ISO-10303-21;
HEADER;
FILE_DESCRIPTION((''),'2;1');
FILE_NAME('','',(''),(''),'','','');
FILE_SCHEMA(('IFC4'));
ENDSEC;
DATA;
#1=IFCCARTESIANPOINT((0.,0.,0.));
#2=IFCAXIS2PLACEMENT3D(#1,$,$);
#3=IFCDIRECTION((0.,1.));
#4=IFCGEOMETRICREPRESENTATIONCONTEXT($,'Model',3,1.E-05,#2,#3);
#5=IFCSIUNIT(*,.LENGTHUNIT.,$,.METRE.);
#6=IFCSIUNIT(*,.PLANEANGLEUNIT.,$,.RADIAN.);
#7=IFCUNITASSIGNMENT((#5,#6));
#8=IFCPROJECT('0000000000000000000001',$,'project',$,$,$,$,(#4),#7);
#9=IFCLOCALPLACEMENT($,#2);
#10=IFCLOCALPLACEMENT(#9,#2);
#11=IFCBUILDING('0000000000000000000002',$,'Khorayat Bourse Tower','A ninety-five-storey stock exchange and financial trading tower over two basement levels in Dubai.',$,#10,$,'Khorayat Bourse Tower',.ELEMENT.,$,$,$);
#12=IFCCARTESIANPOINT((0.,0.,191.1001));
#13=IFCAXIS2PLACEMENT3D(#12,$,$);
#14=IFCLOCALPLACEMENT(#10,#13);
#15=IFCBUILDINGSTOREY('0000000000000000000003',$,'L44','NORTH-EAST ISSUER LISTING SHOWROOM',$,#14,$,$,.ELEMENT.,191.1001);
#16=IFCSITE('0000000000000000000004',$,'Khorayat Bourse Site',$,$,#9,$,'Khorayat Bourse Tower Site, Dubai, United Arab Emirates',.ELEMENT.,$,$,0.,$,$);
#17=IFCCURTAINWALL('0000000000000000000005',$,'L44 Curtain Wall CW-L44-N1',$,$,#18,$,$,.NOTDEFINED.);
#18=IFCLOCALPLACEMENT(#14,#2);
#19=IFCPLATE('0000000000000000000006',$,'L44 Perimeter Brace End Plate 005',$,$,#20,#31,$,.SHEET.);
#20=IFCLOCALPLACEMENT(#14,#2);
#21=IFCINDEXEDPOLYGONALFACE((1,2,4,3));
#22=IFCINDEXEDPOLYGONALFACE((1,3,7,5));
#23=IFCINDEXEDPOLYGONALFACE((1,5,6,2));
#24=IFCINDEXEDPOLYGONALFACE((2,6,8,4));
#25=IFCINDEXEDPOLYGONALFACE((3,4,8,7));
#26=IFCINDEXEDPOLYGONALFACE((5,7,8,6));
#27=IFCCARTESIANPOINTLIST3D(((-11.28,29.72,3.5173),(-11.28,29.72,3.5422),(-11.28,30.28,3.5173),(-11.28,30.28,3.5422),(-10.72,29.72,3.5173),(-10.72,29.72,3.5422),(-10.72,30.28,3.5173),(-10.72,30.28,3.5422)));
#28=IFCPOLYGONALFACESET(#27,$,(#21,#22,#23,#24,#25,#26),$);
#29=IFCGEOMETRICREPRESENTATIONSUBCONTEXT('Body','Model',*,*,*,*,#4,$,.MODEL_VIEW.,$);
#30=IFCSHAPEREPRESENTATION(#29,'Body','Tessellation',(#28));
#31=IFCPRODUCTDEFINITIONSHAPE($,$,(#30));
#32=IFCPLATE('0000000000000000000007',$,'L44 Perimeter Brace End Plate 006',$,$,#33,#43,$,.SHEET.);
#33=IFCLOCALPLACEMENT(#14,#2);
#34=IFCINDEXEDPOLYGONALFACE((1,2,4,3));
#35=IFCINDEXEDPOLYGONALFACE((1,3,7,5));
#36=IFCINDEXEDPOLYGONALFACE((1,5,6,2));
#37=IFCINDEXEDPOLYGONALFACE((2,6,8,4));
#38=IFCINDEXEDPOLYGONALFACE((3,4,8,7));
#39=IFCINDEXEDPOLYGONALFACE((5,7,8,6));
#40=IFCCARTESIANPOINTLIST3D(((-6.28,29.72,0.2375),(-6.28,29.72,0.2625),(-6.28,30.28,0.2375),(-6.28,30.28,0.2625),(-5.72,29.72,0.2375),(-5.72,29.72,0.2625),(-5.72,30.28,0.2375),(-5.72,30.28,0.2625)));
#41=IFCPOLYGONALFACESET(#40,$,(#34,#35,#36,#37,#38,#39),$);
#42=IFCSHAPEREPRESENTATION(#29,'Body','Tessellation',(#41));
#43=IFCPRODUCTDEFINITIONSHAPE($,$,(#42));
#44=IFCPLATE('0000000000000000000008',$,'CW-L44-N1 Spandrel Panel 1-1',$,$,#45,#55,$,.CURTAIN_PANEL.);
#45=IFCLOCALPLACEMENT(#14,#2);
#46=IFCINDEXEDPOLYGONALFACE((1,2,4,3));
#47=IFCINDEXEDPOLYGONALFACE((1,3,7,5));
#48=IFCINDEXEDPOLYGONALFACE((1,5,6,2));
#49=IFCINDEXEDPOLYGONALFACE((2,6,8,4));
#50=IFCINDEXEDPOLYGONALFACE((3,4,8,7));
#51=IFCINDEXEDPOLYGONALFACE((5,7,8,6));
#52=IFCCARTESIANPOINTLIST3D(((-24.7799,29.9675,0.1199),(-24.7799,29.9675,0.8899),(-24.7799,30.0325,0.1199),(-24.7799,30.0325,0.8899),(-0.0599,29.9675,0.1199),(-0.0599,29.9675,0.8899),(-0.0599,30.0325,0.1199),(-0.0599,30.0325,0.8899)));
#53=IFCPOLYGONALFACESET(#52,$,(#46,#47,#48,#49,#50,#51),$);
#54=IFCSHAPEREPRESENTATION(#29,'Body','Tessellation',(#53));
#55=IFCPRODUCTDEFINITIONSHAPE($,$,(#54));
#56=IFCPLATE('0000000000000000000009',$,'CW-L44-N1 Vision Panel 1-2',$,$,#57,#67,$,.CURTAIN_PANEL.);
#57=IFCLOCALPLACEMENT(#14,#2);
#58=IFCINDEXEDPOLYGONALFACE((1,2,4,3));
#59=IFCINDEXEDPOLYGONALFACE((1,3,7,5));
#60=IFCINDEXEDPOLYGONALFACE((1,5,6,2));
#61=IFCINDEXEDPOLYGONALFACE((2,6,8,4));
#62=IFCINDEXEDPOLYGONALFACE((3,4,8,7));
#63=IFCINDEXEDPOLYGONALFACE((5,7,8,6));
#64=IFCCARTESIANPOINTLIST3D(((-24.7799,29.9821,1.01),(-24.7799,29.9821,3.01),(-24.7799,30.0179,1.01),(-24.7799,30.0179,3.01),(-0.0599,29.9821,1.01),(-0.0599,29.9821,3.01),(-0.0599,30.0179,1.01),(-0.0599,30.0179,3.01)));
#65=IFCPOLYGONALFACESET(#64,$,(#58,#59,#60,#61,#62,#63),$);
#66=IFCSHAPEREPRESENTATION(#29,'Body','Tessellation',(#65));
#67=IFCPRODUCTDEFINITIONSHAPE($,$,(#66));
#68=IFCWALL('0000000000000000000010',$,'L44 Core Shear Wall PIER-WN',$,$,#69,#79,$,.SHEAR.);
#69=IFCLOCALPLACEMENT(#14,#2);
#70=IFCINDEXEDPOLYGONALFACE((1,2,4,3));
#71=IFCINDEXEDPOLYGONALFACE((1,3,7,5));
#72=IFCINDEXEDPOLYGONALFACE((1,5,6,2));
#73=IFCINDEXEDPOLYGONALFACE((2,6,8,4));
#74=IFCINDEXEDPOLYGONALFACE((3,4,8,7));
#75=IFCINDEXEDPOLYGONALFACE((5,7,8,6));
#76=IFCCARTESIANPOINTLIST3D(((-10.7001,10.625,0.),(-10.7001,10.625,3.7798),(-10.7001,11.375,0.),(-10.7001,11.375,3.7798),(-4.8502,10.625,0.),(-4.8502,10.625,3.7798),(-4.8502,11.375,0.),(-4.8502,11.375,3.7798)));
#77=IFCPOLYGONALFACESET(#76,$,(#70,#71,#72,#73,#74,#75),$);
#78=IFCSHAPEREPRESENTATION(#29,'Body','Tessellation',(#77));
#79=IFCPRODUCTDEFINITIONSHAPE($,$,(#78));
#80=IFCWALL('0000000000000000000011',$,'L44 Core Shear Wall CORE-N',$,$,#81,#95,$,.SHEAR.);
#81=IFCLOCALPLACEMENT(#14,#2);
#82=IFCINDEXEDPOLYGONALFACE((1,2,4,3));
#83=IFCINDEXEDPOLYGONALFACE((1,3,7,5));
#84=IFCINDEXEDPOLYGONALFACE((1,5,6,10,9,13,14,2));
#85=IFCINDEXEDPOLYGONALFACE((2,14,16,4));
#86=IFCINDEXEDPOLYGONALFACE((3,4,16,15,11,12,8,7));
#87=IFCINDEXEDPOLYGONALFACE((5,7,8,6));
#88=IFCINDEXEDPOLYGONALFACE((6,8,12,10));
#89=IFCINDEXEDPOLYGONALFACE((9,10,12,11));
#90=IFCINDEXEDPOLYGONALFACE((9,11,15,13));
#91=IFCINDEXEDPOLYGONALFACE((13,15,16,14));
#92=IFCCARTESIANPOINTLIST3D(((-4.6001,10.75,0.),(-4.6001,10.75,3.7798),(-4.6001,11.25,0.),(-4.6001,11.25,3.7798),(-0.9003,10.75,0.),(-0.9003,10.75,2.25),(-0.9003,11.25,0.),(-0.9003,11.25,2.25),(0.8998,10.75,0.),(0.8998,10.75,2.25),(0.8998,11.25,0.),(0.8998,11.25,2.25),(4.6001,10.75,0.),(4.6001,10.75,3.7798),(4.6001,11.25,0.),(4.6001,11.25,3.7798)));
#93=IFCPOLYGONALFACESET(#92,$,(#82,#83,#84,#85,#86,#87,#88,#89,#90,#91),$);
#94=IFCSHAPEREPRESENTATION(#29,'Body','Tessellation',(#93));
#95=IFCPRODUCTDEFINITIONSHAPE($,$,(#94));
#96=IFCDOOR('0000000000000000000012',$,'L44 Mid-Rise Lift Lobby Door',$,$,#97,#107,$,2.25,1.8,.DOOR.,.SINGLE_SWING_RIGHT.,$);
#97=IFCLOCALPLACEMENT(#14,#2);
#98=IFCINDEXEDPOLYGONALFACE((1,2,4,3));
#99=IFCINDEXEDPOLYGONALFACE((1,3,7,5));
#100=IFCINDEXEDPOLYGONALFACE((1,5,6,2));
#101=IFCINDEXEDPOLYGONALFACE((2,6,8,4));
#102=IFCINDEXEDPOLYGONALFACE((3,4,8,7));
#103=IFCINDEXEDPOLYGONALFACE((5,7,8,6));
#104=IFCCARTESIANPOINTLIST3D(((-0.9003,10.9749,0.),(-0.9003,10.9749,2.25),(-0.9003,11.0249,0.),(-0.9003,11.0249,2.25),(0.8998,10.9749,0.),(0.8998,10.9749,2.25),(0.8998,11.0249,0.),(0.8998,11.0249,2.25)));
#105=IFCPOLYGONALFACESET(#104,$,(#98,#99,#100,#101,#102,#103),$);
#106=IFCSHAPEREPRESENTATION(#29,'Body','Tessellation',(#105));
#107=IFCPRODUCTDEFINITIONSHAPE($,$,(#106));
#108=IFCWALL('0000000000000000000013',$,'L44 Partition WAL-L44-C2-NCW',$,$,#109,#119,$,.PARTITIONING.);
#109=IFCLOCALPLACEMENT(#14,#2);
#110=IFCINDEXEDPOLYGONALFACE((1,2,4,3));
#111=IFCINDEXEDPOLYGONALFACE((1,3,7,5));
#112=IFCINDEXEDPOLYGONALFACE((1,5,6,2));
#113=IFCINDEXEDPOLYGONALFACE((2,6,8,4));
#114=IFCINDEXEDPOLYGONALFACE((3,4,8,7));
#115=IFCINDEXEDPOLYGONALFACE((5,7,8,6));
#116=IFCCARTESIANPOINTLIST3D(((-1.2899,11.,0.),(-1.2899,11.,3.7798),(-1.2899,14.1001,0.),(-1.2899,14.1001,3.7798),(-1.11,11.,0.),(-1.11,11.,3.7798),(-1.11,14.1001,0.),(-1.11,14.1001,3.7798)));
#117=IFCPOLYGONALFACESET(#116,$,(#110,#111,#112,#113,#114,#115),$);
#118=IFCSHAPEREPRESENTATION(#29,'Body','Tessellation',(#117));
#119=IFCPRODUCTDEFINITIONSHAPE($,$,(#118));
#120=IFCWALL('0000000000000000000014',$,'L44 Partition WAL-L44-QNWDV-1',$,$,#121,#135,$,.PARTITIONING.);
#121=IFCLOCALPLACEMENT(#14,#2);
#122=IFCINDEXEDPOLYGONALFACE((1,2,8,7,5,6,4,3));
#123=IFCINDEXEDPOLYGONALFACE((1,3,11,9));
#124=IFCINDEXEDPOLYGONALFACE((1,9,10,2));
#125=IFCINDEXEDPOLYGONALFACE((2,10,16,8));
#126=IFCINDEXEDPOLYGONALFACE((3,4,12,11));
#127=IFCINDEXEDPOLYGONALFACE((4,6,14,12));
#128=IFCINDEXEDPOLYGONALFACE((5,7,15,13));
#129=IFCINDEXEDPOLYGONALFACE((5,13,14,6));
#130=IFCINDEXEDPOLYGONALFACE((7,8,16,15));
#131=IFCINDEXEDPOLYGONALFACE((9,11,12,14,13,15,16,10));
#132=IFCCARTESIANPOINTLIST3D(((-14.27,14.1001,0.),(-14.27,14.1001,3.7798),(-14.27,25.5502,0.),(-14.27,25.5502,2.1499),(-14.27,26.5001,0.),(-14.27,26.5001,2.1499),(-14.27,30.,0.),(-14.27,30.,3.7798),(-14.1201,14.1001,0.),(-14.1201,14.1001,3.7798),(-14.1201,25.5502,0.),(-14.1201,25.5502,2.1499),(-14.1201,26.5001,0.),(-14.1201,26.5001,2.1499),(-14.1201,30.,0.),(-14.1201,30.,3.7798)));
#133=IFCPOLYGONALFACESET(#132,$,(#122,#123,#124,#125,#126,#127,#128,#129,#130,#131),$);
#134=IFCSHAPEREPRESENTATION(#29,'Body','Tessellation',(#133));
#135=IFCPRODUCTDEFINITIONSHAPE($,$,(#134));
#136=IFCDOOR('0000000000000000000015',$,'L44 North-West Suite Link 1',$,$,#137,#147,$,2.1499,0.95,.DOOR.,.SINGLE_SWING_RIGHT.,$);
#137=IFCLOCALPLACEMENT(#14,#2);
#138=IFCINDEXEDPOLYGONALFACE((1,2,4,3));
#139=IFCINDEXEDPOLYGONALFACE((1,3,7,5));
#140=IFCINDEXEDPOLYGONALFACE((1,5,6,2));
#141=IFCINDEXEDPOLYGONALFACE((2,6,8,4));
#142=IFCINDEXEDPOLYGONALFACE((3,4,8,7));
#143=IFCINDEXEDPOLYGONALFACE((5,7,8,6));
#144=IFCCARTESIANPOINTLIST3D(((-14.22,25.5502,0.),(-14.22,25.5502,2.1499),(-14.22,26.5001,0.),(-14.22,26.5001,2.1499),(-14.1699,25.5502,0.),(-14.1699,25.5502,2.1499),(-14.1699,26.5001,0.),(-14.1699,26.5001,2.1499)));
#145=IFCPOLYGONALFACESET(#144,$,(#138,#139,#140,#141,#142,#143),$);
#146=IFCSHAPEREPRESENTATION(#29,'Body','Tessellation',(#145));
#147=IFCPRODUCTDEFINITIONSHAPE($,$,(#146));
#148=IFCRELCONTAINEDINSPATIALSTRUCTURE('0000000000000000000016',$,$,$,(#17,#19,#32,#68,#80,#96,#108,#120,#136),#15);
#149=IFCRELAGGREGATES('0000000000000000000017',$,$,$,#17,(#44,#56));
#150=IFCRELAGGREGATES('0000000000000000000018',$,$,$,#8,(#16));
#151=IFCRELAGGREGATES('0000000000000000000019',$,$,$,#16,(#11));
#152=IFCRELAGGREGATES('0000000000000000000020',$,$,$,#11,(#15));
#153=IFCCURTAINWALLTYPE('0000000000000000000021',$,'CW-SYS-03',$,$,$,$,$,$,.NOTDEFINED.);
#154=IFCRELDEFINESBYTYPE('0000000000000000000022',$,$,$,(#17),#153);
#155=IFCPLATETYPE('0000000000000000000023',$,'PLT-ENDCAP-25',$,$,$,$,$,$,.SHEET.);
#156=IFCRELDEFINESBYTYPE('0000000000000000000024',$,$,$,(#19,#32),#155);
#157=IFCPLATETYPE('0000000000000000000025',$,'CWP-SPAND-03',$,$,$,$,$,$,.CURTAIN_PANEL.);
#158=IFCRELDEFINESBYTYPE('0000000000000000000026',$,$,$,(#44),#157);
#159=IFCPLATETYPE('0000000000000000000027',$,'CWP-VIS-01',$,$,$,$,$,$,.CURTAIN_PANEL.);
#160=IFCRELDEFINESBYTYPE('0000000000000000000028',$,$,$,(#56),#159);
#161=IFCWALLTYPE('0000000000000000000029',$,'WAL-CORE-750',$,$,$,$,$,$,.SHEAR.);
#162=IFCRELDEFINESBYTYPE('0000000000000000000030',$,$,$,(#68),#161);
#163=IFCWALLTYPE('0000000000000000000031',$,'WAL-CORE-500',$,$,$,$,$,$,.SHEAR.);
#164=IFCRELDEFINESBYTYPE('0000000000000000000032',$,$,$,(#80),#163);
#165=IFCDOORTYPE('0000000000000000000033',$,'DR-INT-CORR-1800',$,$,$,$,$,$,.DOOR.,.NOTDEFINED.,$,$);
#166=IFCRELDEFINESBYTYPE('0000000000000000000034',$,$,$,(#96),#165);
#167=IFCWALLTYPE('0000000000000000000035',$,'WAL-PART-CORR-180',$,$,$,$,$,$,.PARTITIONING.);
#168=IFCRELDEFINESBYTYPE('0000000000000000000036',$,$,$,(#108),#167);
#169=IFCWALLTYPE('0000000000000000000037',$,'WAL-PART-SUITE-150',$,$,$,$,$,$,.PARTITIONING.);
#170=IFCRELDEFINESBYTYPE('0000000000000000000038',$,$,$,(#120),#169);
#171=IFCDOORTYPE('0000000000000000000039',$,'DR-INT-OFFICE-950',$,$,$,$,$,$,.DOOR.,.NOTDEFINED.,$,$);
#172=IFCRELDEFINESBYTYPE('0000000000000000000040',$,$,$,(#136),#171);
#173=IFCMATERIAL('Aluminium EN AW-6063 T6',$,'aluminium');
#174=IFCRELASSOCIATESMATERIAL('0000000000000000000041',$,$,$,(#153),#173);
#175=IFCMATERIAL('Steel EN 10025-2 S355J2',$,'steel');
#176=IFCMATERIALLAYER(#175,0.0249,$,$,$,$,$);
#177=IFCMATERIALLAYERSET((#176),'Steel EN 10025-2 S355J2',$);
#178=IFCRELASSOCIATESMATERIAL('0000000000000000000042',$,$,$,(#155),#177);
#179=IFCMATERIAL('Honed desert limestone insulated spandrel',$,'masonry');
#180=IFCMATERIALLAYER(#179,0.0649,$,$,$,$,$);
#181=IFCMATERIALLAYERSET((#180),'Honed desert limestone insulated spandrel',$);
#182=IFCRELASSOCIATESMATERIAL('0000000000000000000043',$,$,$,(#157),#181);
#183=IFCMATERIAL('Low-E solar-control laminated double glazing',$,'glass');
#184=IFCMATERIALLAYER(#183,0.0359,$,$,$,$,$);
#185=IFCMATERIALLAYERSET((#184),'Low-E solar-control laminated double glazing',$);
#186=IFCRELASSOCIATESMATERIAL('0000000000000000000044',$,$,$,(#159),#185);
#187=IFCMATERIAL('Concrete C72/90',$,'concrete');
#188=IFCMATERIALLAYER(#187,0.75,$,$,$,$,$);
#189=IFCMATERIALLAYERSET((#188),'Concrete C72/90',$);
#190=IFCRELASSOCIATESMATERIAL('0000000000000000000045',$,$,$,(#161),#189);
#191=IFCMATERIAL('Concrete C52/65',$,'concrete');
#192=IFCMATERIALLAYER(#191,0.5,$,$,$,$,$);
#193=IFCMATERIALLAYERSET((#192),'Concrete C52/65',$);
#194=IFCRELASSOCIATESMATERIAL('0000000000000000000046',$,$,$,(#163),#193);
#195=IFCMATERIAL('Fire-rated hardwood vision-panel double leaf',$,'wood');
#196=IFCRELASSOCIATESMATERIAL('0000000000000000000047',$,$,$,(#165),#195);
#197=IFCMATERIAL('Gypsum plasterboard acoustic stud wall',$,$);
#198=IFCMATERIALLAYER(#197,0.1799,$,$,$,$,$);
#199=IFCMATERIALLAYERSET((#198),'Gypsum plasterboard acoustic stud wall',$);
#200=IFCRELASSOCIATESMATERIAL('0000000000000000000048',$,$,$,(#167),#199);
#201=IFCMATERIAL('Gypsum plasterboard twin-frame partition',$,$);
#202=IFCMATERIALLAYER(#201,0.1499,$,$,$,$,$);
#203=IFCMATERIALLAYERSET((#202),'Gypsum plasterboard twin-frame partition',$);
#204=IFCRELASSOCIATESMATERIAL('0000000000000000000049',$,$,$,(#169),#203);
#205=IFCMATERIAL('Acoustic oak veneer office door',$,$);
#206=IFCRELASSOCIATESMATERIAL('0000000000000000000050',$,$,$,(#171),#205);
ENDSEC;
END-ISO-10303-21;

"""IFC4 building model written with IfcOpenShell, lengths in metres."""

from ifc_helpers import new_model, si_unit, direction, frame, frame_2d, origin, origin_2d, place, context, subcontext, project, spatial, rectangle, extrude, source, transform, mapped, material, layer, layer_set, type_object, element, fill, aggregate, save


model = new_model("IFC4")

# Units and contexts
model_context = context("Model", 3, precision=1e-05, world=origin(), true_north=direction((0.0, 1.0)))
body_context = subcontext(model_context, "Body", "Model", "MODEL_VIEW")
ifc_project = project(units=[si_unit("LENGTHUNIT", "METRE"), si_unit("PLANEANGLEUNIT", "RADIAN")], contexts=[model_context])

# Site, building, storey
site_placement = place(None, origin())
site = spatial("IfcSite", under=ifc_project, at=site_placement, Name="Khorayat Bourse Site", LongName="Khorayat Bourse Tower Site, Dubai, United Arab Emirates", CompositionType="ELEMENT", RefElevation=0.0)
building_placement = place(site_placement, origin())
building = spatial("IfcBuilding", under=site, at=building_placement, Name="Khorayat Bourse Tower", Description="A ninety-five-storey stock exchange and financial trading tower over two basement levels in Dubai.", LongName="Khorayat Bourse Tower", CompositionType="ELEMENT")
storey_placement = place(building_placement, frame((0.0, 0.0, 191.1001)))
storey = spatial("IfcBuildingStorey", under=building, at=storey_placement, Name="L44", Description="NORTH-EAST ISSUER LISTING SHOWROOM", CompositionType="ELEMENT", Elevation=191.1001)

# Shared definitions
ifc_material_1 = material(Name="Concrete C72/90", Category="concrete")

# Curtain wall
ifc_material_2 = material(Name="Aluminium EN AW-6063 T6", Category="aluminium")
curtain_wall_type = type_object("IfcCurtainWallType", Name="CW-SYS-03", PredefinedType="NOTDEFINED", material=ifc_material_2)
curtain_wall_placement = place(storey_placement, origin())
curtain_wall = element("IfcCurtainWall", 1, at=curtain_wall_placement, inside=storey, type_object=curtain_wall_type, Name="L44 Curtain Wall CW-L44-N1", PredefinedType="NOTDEFINED")

# Plates
ifc_material_3 = material(Name="Steel EN 10025-2 S355J2", Category="steel")
ifc_layer_1 = layer(ifc_material_3, 0.0249)
ifc_layer_set_1 = layer_set([ifc_layer_1], Name="Steel EN 10025-2 S355J2")
plate_type_1 = type_object("IfcPlateType", Name="PLT-ENDCAP-25", PredefinedType="SHEET", material=ifc_layer_set_1)
shared_shape_1 = source(origin(), body_context, "Body", "SweptSolid", [
    extrude(rectangle(XDim=0.5601, YDim=0.5601, at=origin_2d()), origin(), (0.0, 0.0, 1.0), 0.0249),
])
for number, where, z_axis, x_axis, name in (
    (2, (-11.0, 30.0, 3.5173), (0.0, 0.0, 1.0), (1.0, 0.0, 0.0), "L44 Perimeter Brace End Plate 005"),
    (3, (-6.0, 30.0, 0.2375), (0.0, 0.0, 1.0), (1.0, 0.0, 0.0), "L44 Perimeter Brace End Plate 006"),
):
    element("IfcPlate", number, at=place(storey_placement, frame(where, z_axis=z_axis, x_axis=x_axis)), inside=storey, type_object=plate_type_1, Name=name, PredefinedType="SHEET", context=body_context, shape_type="MappedRepresentation", body=[
        mapped(shared_shape_1, transform((0.0, 0.0, 0.0), scale=1.0)),
    ])

# Plates
ifc_material_4 = material(Name="Honed desert limestone insulated spandrel", Category="masonry")
ifc_layer_2 = layer(ifc_material_4, 0.0649)
ifc_layer_set_2 = layer_set([ifc_layer_2], Name="Honed desert limestone insulated spandrel")
plate_type_2 = type_object("IfcPlateType", Name="CWP-SPAND-03", PredefinedType="CURTAIN_PANEL", material=ifc_layer_set_2)
shared_shape_2 = source(origin(), body_context, "Body", "SweptSolid", [
    extrude(rectangle(XDim=24.72, YDim=0.0649, at=origin_2d()), origin(), (0.0, 0.0, 1.0), 0.77),
])
plate_1_placement = place(storey_placement, frame((-12.4199, 30.0, 0.1199), z_axis=(0.0, 0.0, 1.0), x_axis=(1.0, 0.0, 0.0)))
plate_1 = element("IfcPlate", 4, at=plate_1_placement, type_object=plate_type_2, Name="CW-L44-N1 Spandrel Panel 1-1", PredefinedType="CURTAIN_PANEL", context=body_context, shape_type="MappedRepresentation", body=[
    mapped(shared_shape_2, transform((0.0, 0.0, 0.0), scale=1.0)),
])
ifc_material_5 = material(Name="Low-E solar-control laminated double glazing", Category="glass")
ifc_layer_3 = layer(ifc_material_5, 0.0359)
ifc_layer_set_3 = layer_set([ifc_layer_3], Name="Low-E solar-control laminated double glazing")
plate_type_3 = type_object("IfcPlateType", Name="CWP-VIS-01", PredefinedType="CURTAIN_PANEL", material=ifc_layer_set_3)
shared_shape_3 = source(origin(), body_context, "Body", "SweptSolid", [
    extrude(rectangle(XDim=24.72, YDim=0.0359, at=origin_2d()), origin(), (0.0, 0.0, 1.0), 2.0),
])
plate_2_placement = place(storey_placement, frame((-12.4199, 30.0, 1.01), z_axis=(0.0, 0.0, 1.0), x_axis=(1.0, 0.0, 0.0)))
plate_2 = element("IfcPlate", 5, at=plate_2_placement, type_object=plate_type_3, Name="CW-L44-N1 Vision Panel 1-2", PredefinedType="CURTAIN_PANEL", context=body_context, shape_type="MappedRepresentation", body=[
    mapped(shared_shape_3, transform((0.0, 0.0, 0.0), scale=1.0)),
])
aggregate(curtain_wall, [plate_1, plate_2])

# Wall
ifc_layer_4 = layer(ifc_material_1, 0.75)
ifc_layer_set_4 = layer_set([ifc_layer_4], Name="Concrete C72/90")
wall_type_1 = type_object("IfcWallType", Name="WAL-CORE-750", PredefinedType="SHEAR", material=ifc_layer_set_4)
shared_shape_4 = source(origin(), body_context, "Body", "SweptSolid", [
    extrude(rectangle(XDim=5.8499, YDim=0.75, at=frame_2d((2.9248, 0.0))), origin(), (0.0, 0.0, 1.0), 3.7798),
])
wall_1_placement = place(storey_placement, frame((-10.7, 11.0, 0.0), z_axis=(0.0, 0.0, 1.0), x_axis=(1.0, 0.0, 0.0)))
element("IfcWall", 6, at=wall_1_placement, inside=storey, type_object=wall_type_1, Name="L44 Core Shear Wall PIER-WN", PredefinedType="SHEAR", context=body_context, shape_type="MappedRepresentation", body=[
    mapped(shared_shape_4, transform((0.0, 0.0, 0.0), scale=1.0)),
])

# Wall, opening, door
ifc_material_6 = material(Name="Concrete C52/65", Category="concrete")
ifc_layer_5 = layer(ifc_material_6, 0.5)
ifc_layer_set_5 = layer_set([ifc_layer_5], Name="Concrete C52/65")
wall_type_2 = type_object("IfcWallType", Name="WAL-CORE-500", PredefinedType="SHEAR", material=ifc_layer_set_5)
shared_shape_5 = source(origin(), body_context, "Body", "SweptSolid", [
    extrude(rectangle(XDim=9.2002, YDim=0.5, at=frame_2d((4.6001, 0.0))), origin(), (0.0, 0.0, 1.0), 3.7798),
])
wall_2_placement = place(storey_placement, frame((-4.6001, 11.0, 0.0), z_axis=(0.0, 0.0, 1.0), x_axis=(1.0, 0.0, 0.0)))
wall_2 = element("IfcWall", 7, at=wall_2_placement, inside=storey, type_object=wall_type_2, Name="L44 Core Shear Wall CORE-N", PredefinedType="SHEAR", context=body_context, shape_type="MappedRepresentation", body=[
    mapped(shared_shape_5, transform((0.0, 0.0, 0.0), scale=1.0)),
])
shared_shape_6 = source(origin(), body_context, "Body", "SweptSolid", [
    extrude(rectangle(XDim=1.8, YDim=2.25, at=frame_2d((0.8999, 1.125))), frame((0.0, 0.26, 0.0), z_axis=(0.0, -1.0, 0.0), x_axis=(1.0, 0.0, 0.0)), (0.0, 0.0, 1.0), 0.52),
])
opening_1_placement = place(wall_2_placement, frame((3.7, 0.0, 0.0)))
opening_1 = element("IfcOpeningElement", 8, at=opening_1_placement, cuts=wall_2, PredefinedType="OPENING", context=body_context, shape_type="MappedRepresentation", body=[
    mapped(shared_shape_6, transform((0.0, 0.0, 0.0), scale=1.0)),
])
ifc_material_7 = material(Name="Fire-rated hardwood vision-panel double leaf", Category="wood")
door_type_1 = type_object("IfcDoorType", Name="DR-INT-CORR-1800", OperationType="NOTDEFINED", PredefinedType="DOOR", material=ifc_material_7)
shared_shape_7 = source(origin(), body_context, "Body", "SweptSolid", [
    extrude(rectangle(XDim=1.8, YDim=2.25, at=frame_2d((0.8999, 1.125))), frame((0.0, 0.0249, 0.0), z_axis=(0.0, -1.0, 0.0), x_axis=(1.0, 0.0, 0.0)), (0.0, 0.0, 1.0), 0.05),
])
door_1_placement = place(opening_1_placement, origin())
door_1 = element("IfcDoor", 9, at=door_1_placement, inside=storey, type_object=door_type_1, Name="L44 Mid-Rise Lift Lobby Door", OperationType="SINGLE_SWING_RIGHT", OverallHeight=2.25, OverallWidth=1.8, PredefinedType="DOOR", context=body_context, shape_type="MappedRepresentation", body=[
    mapped(shared_shape_7, transform((0.0, 0.0, 0.0), scale=1.0)),
])
fill(opening_1, door_1)

# Wall
ifc_material_8 = material(Name="Gypsum plasterboard acoustic stud wall")
ifc_layer_6 = layer(ifc_material_8, 0.1799)
ifc_layer_set_6 = layer_set([ifc_layer_6], Name="Gypsum plasterboard acoustic stud wall")
wall_type_3 = type_object("IfcWallType", Name="WAL-PART-CORR-180", PredefinedType="PARTITIONING", material=ifc_layer_set_6)
shared_shape_8 = source(origin(), body_context, "Body", "SweptSolid", [
    extrude(rectangle(XDim=3.1001, YDim=0.1799, at=frame_2d((1.55, 0.0))), origin(), (0.0, 0.0, 1.0), 3.7798),
])
wall_3_placement = place(storey_placement, frame((-1.2, 11.0, 0.0), z_axis=(0.0, 0.0, 1.0), x_axis=(0.0, 1.0, 0.0)))
element("IfcWall", 10, at=wall_3_placement, inside=storey, type_object=wall_type_3, Name="L44 Partition WAL-L44-C2-NCW", PredefinedType="PARTITIONING", context=body_context, shape_type="MappedRepresentation", body=[
    mapped(shared_shape_8, transform((0.0, 0.0, 0.0), scale=1.0)),
])

# Wall, opening, door
ifc_material_9 = material(Name="Gypsum plasterboard twin-frame partition")
ifc_layer_7 = layer(ifc_material_9, 0.1499)
ifc_layer_set_7 = layer_set([ifc_layer_7], Name="Gypsum plasterboard twin-frame partition")
wall_type_4 = type_object("IfcWallType", Name="WAL-PART-SUITE-150", PredefinedType="PARTITIONING", material=ifc_layer_set_7)
shared_shape_9 = source(origin(), body_context, "Body", "SweptSolid", [
    extrude(rectangle(XDim=15.8999, YDim=0.1499, at=frame_2d((7.95, 0.0))), origin(), (0.0, 0.0, 1.0), 3.7798),
])
wall_4_placement = place(storey_placement, frame((-14.1951, 14.1001, 0.0), z_axis=(0.0, 0.0, 1.0), x_axis=(0.0, 1.0, 0.0)))
wall_4 = element("IfcWall", 11, at=wall_4_placement, inside=storey, type_object=wall_type_4, Name="L44 Partition WAL-L44-QNWDV-1", PredefinedType="PARTITIONING", context=body_context, shape_type="MappedRepresentation", body=[
    mapped(shared_shape_9, transform((0.0, 0.0, 0.0), scale=1.0)),
])
shared_shape_10 = source(origin(), body_context, "Body", "SweptSolid", [
    extrude(rectangle(XDim=0.95, YDim=2.1499, at=frame_2d((0.4751, 1.075))), frame((0.0, 0.085, 0.0), z_axis=(0.0, -1.0, 0.0), x_axis=(1.0, 0.0, 0.0)), (0.0, 0.0, 1.0), 0.1699),
])
opening_2_placement = place(wall_4_placement, frame((11.45, 0.0, 0.0)))
opening_2 = element("IfcOpeningElement", 12, at=opening_2_placement, cuts=wall_4, PredefinedType="OPENING", context=body_context, shape_type="MappedRepresentation", body=[
    mapped(shared_shape_10, transform((0.0, 0.0, 0.0), scale=1.0)),
])
ifc_material_10 = material(Name="Acoustic oak veneer office door")
door_type_2 = type_object("IfcDoorType", Name="DR-INT-OFFICE-950", OperationType="NOTDEFINED", PredefinedType="DOOR", material=ifc_material_10)
shared_shape_11 = source(origin(), body_context, "Body", "SweptSolid", [
    extrude(rectangle(XDim=0.95, YDim=2.1499, at=frame_2d((0.4751, 1.075))), frame((0.0, 0.0249, 0.0), z_axis=(0.0, -1.0, 0.0), x_axis=(1.0, 0.0, 0.0)), (0.0, 0.0, 1.0), 0.05),
])
door_2_placement = place(opening_2_placement, origin())
door_2 = element("IfcDoor", 13, at=door_2_placement, inside=storey, type_object=door_type_2, Name="L44 North-West Suite Link 1", OperationType="SINGLE_SWING_RIGHT", OverallHeight=2.1499, OverallWidth=0.95, PredefinedType="DOOR", context=body_context, shape_type="MappedRepresentation", body=[
    mapped(shared_shape_11, transform((0.0, 0.0, 0.0), scale=1.0)),
])
fill(opening_2, door_2)

save(model, "model.ifc")
